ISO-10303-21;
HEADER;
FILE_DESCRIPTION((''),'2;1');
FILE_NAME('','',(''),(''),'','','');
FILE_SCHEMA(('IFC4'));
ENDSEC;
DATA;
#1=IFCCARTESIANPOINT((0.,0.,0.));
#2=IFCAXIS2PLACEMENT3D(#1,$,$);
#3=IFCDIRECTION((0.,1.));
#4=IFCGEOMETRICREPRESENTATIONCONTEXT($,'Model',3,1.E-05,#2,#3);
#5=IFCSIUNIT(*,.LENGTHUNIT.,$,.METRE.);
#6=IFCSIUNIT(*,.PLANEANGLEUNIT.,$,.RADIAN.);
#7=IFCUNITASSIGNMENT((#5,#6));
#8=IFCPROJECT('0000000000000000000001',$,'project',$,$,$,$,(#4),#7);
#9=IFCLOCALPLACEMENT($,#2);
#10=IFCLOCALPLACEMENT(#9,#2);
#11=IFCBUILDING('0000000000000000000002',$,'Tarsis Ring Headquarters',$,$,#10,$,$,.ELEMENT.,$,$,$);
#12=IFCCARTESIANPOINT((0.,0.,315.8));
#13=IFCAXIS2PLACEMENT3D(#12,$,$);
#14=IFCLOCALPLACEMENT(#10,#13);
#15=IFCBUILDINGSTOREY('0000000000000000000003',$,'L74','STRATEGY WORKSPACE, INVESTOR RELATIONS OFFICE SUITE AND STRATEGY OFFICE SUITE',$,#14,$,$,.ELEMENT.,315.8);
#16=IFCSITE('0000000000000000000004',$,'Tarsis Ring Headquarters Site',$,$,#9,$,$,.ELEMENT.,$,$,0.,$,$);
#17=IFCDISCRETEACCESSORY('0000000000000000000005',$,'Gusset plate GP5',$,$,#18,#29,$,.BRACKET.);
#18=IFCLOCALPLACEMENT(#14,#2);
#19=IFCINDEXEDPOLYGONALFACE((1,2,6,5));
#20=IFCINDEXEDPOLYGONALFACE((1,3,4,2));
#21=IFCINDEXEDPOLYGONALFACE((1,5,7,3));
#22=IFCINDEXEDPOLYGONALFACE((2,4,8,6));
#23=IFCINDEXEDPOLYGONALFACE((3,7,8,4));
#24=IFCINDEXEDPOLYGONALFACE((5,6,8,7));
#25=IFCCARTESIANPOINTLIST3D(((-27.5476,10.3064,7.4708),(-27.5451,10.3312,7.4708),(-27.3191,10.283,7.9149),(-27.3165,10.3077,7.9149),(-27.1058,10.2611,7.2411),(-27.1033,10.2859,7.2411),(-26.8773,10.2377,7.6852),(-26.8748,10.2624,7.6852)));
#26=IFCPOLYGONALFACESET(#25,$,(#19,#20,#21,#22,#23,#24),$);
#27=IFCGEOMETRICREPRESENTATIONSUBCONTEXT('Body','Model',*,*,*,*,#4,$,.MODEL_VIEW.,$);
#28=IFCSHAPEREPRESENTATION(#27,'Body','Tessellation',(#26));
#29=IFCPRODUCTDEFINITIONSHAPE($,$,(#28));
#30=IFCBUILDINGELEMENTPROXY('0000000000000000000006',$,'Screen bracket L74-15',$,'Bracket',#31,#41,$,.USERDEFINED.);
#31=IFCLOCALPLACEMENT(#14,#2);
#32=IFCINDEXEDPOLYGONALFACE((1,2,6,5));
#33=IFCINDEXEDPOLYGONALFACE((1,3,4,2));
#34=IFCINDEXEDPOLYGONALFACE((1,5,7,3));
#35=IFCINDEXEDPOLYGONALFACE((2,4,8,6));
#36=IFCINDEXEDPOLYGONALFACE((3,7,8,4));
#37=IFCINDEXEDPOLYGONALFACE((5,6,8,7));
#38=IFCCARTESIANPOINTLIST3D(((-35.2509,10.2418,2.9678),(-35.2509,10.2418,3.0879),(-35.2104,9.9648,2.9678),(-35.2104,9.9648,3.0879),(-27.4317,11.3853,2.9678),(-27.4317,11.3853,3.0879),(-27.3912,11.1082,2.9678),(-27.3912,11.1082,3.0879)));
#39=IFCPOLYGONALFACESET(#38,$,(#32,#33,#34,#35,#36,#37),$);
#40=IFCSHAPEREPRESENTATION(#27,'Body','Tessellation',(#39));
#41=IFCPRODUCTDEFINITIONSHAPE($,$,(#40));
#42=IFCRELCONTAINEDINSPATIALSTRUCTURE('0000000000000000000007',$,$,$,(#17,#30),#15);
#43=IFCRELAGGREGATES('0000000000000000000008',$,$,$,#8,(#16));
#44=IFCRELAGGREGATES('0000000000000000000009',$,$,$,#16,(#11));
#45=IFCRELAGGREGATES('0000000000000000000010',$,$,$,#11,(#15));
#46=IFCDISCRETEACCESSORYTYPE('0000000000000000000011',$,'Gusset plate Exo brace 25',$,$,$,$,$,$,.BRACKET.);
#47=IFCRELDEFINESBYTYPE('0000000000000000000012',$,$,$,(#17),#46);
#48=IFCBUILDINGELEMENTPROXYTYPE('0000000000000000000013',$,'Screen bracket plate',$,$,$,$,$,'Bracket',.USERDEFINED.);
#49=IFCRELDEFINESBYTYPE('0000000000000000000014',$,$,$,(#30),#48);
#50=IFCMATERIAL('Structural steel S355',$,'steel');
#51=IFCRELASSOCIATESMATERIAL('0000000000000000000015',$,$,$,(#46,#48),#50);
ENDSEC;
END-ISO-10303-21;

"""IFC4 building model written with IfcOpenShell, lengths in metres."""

from ifc_helpers import new_model, si_unit, direction, frame, origin, origin_2d, place, context, subcontext, project, spatial, rectangle, extrude, material, material_profile, profile_set, type_object, element, save


model = new_model("IFC4")

# Units and contexts
model_context = context("Model", 3, precision=1e-05, world=origin(), true_north=direction((0.0, 1.0)))
body_context = subcontext(model_context, "Body", "Model", "MODEL_VIEW")
ifc_project = project(units=[si_unit("LENGTHUNIT", "METRE"), si_unit("PLANEANGLEUNIT", "RADIAN")], contexts=[model_context])

# Site, building, storey
site_placement = place(None, origin())
site = spatial("IfcSite", under=ifc_project, at=site_placement, Name="Tarsis Ring Headquarters Site", CompositionType="ELEMENT", RefElevation=0.0)
building_placement = place(site_placement, origin())
building = spatial("IfcBuilding", under=site, at=building_placement, Name="Tarsis Ring Headquarters", CompositionType="ELEMENT")
storey_placement = place(building_placement, frame((0.0, 0.0, 315.8)))
storey = spatial("IfcBuildingStorey", under=building, at=storey_placement, Name="L74", Description="STRATEGY WORKSPACE, INVESTOR RELATIONS OFFICE SUITE AND STRATEGY OFFICE SUITE", CompositionType="ELEMENT", Elevation=315.8)

# Shared definitions
ifc_material_1 = material(Name="Structural steel S355", Category="steel")

# Discrete accessory
ifc_material_profile_1 = material_profile(ifc_material_1, rectangle(XDim=0.0249, YDim=0.5, at=origin_2d()), Name="PL 25x500")
ifc_profile_set_1 = profile_set([ifc_material_profile_1], Name="Structural steel S355")
discrete_accessory_type = type_object("IfcDiscreteAccessoryType", Name="Gusset plate Exo brace 25", PredefinedType="BRACKET", material=ifc_profile_set_1)
for number, where, z_axis, x_axis, name in (
    (1, (-27.0969, 10.2727, 7.8), (-0.457044, 0.046876, -0.888208), (-0.102029, -0.994781, 0.0), "Gusset plate GP5"),
):
    element("IfcDiscreteAccessory", number, at=place(storey_placement, frame(where, z_axis=z_axis, x_axis=x_axis)), inside=storey, type_object=discrete_accessory_type, Name=name, PredefinedType="BRACKET", context=body_context, shape_type="SweptSolid", body=[
        extrude(rectangle(XDim=0.0249, YDim=0.5, at=origin_2d()), origin(), (0.0, 0.0, 1.0), 0.5),
    ])

# Building element proxy
building_element_proxy_type = type_object("IfcBuildingElementProxyType", Name="Screen bracket plate", ElementType="Bracket", PredefinedType="USERDEFINED", material=ifc_material_1)
proxy_placement = place(storey_placement, frame((-31.321, 10.675, 2.9678), z_axis=(0.0, 0.0, 1.0), x_axis=(-0.989475, -0.144702, 0.0)))
element("IfcBuildingElementProxy", 2, at=proxy_placement, inside=storey, type_object=building_element_proxy_type, Name="Screen bracket L74-15", ObjectType="Bracket", PredefinedType="USERDEFINED", context=body_context, shape_type="SweptSolid", body=[
    extrude(rectangle(XDim=7.9023, YDim=0.28, at=origin_2d()), origin(), (0.0, 0.0, 1.0), 0.1201),
])

save(model, "model.ifc")
